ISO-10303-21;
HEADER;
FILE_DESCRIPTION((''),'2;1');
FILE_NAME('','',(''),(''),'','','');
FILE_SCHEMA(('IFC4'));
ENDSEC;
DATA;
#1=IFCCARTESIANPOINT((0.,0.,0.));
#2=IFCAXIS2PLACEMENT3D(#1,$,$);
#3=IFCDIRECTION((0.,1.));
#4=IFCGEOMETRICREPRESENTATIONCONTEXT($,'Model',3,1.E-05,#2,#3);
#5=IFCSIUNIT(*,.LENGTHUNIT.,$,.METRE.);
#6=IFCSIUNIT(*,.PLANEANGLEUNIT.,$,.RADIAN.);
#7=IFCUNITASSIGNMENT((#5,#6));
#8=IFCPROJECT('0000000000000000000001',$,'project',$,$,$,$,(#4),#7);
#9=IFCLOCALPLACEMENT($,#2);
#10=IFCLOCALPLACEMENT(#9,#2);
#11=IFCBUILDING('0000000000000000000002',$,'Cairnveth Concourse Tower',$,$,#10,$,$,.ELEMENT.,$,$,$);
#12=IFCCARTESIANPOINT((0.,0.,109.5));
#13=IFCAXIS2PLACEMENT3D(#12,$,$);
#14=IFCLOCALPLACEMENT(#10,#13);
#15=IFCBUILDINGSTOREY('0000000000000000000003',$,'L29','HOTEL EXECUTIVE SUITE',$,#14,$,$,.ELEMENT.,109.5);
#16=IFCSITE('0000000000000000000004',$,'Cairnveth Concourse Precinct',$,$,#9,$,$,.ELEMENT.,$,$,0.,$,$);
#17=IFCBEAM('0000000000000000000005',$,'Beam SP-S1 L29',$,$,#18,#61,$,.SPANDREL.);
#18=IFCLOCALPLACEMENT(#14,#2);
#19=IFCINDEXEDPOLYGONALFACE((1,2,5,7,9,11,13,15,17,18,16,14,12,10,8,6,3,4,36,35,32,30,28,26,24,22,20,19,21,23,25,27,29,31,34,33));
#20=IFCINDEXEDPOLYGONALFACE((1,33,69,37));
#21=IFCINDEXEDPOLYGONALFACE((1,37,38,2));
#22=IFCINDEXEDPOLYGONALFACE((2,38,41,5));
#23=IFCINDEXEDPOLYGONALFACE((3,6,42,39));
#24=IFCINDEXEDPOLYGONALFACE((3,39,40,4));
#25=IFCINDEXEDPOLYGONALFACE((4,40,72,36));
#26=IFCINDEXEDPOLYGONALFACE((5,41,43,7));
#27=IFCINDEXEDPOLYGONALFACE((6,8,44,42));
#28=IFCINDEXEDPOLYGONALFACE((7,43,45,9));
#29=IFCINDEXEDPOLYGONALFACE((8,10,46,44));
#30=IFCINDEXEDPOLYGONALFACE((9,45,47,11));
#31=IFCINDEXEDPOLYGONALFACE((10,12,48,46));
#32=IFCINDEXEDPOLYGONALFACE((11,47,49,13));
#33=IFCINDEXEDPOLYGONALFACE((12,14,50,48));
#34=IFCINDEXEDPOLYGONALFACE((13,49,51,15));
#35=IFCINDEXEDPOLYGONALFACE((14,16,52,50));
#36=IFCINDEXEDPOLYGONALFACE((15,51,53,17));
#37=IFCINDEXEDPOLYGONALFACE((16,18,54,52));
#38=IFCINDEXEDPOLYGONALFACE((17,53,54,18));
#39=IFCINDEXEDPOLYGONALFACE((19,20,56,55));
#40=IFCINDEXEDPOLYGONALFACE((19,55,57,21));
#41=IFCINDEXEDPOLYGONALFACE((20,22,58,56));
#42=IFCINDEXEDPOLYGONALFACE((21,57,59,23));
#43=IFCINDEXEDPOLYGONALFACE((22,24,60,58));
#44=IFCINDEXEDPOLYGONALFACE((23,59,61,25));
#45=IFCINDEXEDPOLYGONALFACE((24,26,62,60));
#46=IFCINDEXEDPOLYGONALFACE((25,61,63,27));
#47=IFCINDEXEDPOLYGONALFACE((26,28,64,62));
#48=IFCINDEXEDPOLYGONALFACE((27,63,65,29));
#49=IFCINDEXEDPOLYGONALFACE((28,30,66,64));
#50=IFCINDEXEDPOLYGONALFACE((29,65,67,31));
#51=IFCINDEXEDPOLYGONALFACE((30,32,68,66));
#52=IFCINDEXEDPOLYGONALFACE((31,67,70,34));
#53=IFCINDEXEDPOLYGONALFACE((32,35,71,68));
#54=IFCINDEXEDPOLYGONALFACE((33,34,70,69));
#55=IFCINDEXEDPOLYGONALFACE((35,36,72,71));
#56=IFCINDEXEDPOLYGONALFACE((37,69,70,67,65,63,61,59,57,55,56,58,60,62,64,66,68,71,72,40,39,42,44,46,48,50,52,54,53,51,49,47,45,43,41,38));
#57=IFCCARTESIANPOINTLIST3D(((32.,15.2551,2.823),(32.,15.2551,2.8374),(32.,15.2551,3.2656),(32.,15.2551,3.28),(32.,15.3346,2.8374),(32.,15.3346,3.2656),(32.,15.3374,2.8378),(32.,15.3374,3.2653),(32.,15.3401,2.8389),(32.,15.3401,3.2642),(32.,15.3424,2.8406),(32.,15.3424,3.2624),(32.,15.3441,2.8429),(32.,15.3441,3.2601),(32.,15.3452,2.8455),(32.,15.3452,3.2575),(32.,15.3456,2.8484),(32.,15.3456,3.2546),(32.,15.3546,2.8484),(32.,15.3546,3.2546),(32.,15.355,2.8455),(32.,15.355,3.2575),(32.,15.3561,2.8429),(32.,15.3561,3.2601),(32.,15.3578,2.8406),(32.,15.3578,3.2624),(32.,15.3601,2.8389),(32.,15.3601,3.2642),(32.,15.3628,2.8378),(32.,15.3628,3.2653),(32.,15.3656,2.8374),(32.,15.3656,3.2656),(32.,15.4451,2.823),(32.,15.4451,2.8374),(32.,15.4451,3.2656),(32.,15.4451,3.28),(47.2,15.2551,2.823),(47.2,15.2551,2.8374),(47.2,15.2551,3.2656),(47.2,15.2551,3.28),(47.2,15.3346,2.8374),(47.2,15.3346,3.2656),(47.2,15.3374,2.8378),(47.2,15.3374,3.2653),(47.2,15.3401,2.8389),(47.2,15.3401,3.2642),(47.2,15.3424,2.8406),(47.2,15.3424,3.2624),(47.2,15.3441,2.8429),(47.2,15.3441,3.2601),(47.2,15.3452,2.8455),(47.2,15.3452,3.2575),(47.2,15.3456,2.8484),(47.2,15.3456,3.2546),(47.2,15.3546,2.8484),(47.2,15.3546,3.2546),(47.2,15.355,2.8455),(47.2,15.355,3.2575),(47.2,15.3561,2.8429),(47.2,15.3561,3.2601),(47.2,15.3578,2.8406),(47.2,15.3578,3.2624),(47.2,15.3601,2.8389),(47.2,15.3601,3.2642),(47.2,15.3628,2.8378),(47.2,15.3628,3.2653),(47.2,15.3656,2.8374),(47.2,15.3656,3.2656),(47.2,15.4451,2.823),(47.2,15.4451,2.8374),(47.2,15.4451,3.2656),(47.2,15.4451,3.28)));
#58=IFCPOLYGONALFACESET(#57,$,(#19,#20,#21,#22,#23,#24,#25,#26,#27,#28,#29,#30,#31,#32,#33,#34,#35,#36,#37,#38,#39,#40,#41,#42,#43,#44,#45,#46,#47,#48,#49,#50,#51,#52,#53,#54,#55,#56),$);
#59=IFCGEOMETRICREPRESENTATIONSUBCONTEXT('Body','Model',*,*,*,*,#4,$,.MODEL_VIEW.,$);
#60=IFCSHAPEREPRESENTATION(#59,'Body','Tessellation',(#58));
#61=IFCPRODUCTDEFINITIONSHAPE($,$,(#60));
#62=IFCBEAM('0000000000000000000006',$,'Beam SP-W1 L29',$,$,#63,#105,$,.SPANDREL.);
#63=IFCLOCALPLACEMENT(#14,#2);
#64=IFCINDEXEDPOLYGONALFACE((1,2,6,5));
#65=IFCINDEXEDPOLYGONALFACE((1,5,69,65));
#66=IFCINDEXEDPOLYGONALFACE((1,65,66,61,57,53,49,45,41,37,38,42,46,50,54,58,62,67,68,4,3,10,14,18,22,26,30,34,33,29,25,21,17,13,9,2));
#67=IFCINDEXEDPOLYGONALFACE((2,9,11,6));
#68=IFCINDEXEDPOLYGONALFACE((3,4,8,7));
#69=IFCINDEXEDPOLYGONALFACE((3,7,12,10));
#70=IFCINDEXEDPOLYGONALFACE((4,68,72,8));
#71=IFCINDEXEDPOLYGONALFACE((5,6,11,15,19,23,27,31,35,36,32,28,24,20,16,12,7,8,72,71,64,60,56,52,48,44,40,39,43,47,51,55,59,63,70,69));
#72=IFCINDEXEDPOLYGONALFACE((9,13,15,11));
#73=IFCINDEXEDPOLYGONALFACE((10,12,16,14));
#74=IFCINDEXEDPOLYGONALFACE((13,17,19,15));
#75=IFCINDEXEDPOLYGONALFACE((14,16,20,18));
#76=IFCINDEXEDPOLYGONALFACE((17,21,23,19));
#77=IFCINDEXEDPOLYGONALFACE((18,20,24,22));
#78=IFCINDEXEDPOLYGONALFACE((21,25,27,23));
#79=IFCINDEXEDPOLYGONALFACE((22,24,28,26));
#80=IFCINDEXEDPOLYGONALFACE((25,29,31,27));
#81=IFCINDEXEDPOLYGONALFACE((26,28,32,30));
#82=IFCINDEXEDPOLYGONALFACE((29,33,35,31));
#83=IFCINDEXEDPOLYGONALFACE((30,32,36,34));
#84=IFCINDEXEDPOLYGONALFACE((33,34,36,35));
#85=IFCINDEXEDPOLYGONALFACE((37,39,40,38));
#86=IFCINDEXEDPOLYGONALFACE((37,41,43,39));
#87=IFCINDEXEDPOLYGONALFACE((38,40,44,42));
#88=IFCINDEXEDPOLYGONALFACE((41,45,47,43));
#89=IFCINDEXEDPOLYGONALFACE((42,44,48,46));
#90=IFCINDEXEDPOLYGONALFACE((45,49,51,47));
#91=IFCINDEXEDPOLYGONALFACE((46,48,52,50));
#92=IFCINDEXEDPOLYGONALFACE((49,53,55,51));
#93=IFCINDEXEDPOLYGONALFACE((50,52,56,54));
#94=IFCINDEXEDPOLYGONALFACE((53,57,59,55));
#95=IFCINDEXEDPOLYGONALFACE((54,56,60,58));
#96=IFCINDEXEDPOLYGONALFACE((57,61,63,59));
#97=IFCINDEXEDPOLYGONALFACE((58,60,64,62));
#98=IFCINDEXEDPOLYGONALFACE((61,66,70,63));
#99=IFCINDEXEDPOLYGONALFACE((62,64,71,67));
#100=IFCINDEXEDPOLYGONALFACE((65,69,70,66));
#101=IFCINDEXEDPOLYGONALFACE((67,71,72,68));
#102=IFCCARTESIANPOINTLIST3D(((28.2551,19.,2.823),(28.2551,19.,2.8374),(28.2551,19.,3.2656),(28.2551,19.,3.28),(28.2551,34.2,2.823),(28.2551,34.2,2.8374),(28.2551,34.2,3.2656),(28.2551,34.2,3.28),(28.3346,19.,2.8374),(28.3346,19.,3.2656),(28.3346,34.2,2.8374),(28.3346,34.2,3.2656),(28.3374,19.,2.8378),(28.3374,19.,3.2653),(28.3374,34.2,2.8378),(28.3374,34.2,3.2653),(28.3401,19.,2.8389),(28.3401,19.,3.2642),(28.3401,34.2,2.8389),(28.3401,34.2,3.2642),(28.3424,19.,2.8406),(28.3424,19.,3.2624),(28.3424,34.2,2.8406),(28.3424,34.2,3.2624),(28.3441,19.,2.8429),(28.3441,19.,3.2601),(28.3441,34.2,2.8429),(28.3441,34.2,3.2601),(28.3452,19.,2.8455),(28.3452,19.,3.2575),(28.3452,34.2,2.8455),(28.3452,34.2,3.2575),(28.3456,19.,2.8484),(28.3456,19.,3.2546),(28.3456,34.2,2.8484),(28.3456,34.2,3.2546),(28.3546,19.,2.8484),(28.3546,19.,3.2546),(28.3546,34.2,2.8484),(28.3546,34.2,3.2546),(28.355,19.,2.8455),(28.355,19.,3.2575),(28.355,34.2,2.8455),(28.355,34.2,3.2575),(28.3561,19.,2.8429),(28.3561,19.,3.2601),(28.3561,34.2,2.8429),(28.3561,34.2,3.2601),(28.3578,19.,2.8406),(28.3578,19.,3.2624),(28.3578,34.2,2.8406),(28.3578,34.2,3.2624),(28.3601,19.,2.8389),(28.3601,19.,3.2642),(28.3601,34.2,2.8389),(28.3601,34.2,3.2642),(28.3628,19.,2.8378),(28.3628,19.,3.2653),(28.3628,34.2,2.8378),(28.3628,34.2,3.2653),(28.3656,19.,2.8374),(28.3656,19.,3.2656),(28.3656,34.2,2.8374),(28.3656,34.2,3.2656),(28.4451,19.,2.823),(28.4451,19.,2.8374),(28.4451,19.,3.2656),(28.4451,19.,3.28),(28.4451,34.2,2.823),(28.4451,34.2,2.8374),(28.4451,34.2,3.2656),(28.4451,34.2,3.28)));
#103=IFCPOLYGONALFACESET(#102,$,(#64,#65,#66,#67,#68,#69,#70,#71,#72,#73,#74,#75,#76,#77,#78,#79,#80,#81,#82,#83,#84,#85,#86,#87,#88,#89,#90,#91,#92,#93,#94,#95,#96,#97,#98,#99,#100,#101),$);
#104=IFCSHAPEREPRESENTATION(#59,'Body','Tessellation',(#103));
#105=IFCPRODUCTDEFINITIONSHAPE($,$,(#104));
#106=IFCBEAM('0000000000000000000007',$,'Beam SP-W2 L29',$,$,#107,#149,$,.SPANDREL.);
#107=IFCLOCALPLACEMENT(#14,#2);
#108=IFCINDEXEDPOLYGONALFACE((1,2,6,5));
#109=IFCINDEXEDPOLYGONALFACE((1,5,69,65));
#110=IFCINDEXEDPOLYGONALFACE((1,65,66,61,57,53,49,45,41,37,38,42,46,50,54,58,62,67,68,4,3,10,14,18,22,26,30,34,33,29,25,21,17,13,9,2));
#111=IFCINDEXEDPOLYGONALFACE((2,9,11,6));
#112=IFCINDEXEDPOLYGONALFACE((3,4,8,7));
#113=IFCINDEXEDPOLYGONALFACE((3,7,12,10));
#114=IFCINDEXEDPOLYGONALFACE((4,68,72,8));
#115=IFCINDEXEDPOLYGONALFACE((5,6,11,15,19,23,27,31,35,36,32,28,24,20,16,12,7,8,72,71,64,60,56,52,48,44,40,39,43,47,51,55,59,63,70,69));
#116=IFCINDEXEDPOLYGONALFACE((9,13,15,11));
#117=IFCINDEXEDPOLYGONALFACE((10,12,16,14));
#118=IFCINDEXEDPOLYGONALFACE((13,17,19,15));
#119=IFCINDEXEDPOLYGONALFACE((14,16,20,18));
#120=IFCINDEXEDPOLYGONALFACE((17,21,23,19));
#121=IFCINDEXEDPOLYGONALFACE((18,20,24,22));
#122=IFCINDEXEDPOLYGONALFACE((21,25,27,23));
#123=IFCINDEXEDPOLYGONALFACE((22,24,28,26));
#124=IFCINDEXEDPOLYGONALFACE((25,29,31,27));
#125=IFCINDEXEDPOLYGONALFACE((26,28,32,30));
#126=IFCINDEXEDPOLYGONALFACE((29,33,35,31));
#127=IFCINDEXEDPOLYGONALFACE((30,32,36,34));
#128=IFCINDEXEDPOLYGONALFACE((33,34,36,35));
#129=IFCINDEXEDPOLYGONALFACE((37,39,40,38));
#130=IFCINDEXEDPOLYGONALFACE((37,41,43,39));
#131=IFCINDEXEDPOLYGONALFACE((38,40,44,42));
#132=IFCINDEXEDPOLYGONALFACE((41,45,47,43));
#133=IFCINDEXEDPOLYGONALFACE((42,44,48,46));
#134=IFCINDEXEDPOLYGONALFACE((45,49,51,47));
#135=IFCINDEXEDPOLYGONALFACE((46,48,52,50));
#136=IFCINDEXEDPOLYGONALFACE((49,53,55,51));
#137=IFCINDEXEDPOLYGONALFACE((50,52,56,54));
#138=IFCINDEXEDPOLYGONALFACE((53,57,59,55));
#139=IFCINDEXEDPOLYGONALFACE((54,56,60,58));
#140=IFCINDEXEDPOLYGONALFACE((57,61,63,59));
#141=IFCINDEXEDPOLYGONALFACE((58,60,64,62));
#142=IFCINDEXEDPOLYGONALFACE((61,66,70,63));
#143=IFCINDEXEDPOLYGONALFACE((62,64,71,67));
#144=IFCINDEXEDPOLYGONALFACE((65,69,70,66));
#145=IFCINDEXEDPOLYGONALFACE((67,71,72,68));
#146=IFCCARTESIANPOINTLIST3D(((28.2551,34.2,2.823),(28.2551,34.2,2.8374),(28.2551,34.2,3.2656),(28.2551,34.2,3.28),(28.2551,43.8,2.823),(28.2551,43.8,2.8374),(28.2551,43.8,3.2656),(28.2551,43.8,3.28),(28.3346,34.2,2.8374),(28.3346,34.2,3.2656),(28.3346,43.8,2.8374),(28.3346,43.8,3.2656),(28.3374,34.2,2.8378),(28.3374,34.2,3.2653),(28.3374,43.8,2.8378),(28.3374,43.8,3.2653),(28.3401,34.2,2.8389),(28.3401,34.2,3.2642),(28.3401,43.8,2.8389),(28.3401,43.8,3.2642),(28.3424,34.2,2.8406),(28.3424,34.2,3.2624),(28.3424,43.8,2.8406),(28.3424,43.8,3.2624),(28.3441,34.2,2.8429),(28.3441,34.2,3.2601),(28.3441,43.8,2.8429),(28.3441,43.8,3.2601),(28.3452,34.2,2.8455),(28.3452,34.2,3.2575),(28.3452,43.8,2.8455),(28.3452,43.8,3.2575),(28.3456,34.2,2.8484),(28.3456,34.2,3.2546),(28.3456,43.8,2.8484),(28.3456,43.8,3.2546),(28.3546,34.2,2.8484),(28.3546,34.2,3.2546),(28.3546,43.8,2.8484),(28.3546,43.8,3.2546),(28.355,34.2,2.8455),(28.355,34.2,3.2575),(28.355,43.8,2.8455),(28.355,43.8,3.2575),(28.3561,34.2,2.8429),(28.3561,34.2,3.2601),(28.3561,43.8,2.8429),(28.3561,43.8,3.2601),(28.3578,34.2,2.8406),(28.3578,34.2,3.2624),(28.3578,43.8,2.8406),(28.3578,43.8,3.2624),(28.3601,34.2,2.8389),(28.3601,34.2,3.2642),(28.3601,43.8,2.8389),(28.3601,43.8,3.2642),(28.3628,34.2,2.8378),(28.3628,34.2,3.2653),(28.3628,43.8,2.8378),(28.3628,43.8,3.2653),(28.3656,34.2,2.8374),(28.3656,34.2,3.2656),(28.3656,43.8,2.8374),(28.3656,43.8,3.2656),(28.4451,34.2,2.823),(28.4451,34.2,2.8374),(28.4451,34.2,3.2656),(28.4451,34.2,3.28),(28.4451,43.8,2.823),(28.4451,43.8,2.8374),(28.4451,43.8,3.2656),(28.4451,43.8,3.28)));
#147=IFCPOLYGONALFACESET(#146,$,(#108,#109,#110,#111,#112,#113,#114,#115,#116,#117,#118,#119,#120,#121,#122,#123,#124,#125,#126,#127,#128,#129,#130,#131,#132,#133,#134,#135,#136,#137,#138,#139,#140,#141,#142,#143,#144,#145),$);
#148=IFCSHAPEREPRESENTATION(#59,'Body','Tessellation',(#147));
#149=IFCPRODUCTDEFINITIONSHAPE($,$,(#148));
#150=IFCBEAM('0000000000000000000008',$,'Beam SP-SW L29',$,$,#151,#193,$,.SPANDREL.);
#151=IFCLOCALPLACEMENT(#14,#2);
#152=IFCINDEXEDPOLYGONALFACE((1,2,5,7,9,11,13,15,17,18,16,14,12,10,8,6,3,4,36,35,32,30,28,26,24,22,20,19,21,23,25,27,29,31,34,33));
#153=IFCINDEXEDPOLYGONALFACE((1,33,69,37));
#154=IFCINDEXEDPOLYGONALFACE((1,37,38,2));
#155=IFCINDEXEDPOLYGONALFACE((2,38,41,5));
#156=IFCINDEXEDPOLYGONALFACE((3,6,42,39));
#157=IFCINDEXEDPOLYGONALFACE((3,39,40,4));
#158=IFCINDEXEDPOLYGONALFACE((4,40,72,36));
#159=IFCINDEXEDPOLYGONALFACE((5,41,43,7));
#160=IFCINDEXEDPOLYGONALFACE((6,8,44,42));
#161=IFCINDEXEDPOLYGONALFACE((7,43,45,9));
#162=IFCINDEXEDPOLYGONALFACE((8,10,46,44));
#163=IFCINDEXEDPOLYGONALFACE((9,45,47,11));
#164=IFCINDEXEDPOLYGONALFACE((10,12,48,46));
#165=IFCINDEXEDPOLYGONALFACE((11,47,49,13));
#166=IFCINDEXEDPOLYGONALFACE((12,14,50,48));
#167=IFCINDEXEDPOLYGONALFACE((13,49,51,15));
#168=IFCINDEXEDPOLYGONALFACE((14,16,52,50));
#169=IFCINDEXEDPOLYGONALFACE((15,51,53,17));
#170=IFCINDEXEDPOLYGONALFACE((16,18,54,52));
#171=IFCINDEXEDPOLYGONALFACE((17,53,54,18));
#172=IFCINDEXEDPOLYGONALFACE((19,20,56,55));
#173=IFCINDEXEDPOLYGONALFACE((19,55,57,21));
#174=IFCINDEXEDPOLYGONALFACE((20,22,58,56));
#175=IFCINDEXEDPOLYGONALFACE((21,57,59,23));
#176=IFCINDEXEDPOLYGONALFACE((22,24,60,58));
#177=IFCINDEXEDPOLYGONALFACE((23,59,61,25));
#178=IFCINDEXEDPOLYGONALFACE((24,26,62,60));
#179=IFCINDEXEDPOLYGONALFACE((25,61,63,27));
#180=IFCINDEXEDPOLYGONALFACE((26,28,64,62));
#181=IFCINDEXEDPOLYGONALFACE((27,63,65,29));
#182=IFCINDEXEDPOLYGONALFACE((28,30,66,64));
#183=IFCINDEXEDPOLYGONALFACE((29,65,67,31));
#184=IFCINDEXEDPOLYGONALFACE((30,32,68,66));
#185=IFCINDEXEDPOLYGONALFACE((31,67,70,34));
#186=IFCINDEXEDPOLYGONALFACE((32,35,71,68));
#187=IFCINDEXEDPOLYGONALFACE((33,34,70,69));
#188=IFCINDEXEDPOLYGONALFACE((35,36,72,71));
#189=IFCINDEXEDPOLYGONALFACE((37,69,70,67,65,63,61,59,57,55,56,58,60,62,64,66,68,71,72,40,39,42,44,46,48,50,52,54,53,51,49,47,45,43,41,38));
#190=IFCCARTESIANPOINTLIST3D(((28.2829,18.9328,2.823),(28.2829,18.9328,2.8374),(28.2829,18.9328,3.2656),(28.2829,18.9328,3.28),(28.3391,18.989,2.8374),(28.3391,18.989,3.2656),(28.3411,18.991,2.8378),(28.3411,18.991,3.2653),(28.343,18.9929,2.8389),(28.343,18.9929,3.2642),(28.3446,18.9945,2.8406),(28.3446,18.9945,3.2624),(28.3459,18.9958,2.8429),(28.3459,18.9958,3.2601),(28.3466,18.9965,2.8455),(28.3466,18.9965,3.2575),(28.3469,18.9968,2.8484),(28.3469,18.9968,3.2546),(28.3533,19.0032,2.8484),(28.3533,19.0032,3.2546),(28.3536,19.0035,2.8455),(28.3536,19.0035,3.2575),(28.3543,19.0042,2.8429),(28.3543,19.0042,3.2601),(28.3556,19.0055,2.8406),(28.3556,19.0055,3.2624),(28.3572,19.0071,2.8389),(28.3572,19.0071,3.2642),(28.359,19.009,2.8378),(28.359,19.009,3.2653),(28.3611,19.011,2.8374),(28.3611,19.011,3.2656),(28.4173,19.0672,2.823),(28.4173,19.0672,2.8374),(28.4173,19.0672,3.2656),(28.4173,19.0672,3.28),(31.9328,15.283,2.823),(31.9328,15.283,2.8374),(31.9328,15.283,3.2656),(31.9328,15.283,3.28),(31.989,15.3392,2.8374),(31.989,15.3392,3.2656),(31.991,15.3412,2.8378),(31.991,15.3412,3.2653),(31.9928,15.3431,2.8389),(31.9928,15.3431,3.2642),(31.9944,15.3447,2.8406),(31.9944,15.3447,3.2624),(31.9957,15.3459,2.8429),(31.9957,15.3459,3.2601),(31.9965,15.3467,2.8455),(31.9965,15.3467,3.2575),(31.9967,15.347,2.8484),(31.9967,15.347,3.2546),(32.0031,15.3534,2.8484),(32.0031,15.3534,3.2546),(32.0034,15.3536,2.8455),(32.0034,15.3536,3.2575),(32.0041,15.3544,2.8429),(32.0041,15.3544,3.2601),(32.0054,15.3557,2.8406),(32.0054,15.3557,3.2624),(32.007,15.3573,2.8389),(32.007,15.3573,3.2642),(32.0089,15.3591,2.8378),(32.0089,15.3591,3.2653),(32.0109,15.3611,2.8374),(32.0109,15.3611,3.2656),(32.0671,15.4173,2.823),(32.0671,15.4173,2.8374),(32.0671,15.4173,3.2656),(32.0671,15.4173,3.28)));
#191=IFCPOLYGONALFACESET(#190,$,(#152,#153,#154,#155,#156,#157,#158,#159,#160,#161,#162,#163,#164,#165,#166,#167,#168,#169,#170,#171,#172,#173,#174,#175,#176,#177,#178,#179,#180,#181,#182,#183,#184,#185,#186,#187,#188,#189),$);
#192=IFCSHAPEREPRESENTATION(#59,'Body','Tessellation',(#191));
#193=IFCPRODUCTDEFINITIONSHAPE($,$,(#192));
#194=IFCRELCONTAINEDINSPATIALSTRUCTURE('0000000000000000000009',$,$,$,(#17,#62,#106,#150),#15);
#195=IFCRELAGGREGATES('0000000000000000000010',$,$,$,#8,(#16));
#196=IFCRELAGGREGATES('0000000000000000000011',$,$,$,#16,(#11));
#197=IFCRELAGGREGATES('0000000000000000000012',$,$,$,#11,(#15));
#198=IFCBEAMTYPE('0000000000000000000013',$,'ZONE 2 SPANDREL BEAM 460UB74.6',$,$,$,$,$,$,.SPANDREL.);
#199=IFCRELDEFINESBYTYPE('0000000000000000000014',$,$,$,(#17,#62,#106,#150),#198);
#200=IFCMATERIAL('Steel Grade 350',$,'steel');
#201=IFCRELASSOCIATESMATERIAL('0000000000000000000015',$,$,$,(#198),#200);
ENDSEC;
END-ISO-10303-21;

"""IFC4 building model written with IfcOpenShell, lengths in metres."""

from ifc_helpers import new_model, si_unit, direction, frame, origin, origin_2d, place, context, subcontext, project, spatial, i_section, extrude, material, material_profile, profile_set, type_object, element, save


model = new_model("IFC4")

# Units and contexts
model_context = context("Model", 3, precision=1e-05, world=origin(), true_north=direction((0.0, 1.0)))
body_context = subcontext(model_context, "Body", "Model", "MODEL_VIEW")
ifc_project = project(units=[si_unit("LENGTHUNIT", "METRE"), si_unit("PLANEANGLEUNIT", "RADIAN")], contexts=[model_context])

# Site, building, storey
site_placement = place(None, origin())
site = spatial("IfcSite", under=ifc_project, at=site_placement, Name="Cairnveth Concourse Precinct", CompositionType="ELEMENT", RefElevation=0.0)
building_placement = place(site_placement, origin())
building = spatial("IfcBuilding", under=site, at=building_placement, Name="Cairnveth Concourse Tower", CompositionType="ELEMENT")
storey_placement = place(building_placement, frame((0.0, 0.0, 109.5)))
storey = spatial("IfcBuildingStorey", under=building, at=storey_placement, Name="L29", Description="HOTEL EXECUTIVE SUITE", CompositionType="ELEMENT", Elevation=109.5)

# Shared definitions
ifc_material_1 = material(Name="Steel Grade 350", Category="steel")

# Beams
ifc_material_profile_1 = material_profile(ifc_material_1, i_section(OverallWidth=0.1899, OverallDepth=0.457, WebThickness=0.009, FlangeThickness=0.0144, FilletRadius=0.011, at=origin_2d()), Name="460UB74.6")
ifc_profile_set_1 = profile_set([ifc_material_profile_1], Name="Steel Grade 350")
beam_type_1 = type_object("IfcBeamType", Name="ZONE 2 SPANDREL BEAM 460UB74.6", PredefinedType="SPANDREL", material=ifc_profile_set_1)
for number, where, z_axis, x_axis, name in (
    (1, (32.0, 15.3501, 3.0515), (1.0, 0.0, 0.0), (0.0, 1.0, 0.0), "Beam SP-S1 L29"),
    (2, (28.3501, 19.0, 3.0515), (0.0, 1.0, 0.0), (-1.0, 0.0, 0.0), "Beam SP-W1 L29"),
):
    element("IfcBeam", number, at=place(storey_placement, frame(where, z_axis=z_axis, x_axis=x_axis)), inside=storey, type_object=beam_type_1, Name=name, PredefinedType="SPANDREL", context=body_context, shape_type="SweptSolid", body=[
        extrude(i_section(OverallWidth=0.1899, OverallDepth=0.457, WebThickness=0.009, FlangeThickness=0.0144, FilletRadius=0.011, at=origin_2d()), origin(), (0.0, 0.0, 1.0), 15.2),
    ])
beam_1_placement = place(storey_placement, frame((28.3501, 34.2, 3.0515), z_axis=(0.0, 1.0, 0.0), x_axis=(-1.0, 0.0, 0.0)))
element("IfcBeam", 3, at=beam_1_placement, inside=storey, type_object=beam_type_1, Name="Beam SP-W2 L29", PredefinedType="SPANDREL", context=body_context, shape_type="SweptSolid", body=[
    extrude(i_section(OverallWidth=0.1899, OverallDepth=0.457, WebThickness=0.009, FlangeThickness=0.0144, FilletRadius=0.011, at=origin_2d()), origin(), (0.0, 0.0, 1.0), 9.6001),
])
beam_2_placement = place(storey_placement, frame((28.3501, 19.0, 3.0515), z_axis=(0.707107, -0.707107, 0.0), x_axis=(0.707107, 0.707107, 0.0)))
element("IfcBeam", 4, at=beam_2_placement, inside=storey, type_object=beam_type_1, Name="Beam SP-SW L29", PredefinedType="SPANDREL", context=body_context, shape_type="SweptSolid", body=[
    extrude(i_section(OverallWidth=0.1899, OverallDepth=0.457, WebThickness=0.009, FlangeThickness=0.0144, FilletRadius=0.011, at=origin_2d()), origin(), (0.0, 0.0, 1.0), 5.1616),
])

save(model, "model.ifc")
